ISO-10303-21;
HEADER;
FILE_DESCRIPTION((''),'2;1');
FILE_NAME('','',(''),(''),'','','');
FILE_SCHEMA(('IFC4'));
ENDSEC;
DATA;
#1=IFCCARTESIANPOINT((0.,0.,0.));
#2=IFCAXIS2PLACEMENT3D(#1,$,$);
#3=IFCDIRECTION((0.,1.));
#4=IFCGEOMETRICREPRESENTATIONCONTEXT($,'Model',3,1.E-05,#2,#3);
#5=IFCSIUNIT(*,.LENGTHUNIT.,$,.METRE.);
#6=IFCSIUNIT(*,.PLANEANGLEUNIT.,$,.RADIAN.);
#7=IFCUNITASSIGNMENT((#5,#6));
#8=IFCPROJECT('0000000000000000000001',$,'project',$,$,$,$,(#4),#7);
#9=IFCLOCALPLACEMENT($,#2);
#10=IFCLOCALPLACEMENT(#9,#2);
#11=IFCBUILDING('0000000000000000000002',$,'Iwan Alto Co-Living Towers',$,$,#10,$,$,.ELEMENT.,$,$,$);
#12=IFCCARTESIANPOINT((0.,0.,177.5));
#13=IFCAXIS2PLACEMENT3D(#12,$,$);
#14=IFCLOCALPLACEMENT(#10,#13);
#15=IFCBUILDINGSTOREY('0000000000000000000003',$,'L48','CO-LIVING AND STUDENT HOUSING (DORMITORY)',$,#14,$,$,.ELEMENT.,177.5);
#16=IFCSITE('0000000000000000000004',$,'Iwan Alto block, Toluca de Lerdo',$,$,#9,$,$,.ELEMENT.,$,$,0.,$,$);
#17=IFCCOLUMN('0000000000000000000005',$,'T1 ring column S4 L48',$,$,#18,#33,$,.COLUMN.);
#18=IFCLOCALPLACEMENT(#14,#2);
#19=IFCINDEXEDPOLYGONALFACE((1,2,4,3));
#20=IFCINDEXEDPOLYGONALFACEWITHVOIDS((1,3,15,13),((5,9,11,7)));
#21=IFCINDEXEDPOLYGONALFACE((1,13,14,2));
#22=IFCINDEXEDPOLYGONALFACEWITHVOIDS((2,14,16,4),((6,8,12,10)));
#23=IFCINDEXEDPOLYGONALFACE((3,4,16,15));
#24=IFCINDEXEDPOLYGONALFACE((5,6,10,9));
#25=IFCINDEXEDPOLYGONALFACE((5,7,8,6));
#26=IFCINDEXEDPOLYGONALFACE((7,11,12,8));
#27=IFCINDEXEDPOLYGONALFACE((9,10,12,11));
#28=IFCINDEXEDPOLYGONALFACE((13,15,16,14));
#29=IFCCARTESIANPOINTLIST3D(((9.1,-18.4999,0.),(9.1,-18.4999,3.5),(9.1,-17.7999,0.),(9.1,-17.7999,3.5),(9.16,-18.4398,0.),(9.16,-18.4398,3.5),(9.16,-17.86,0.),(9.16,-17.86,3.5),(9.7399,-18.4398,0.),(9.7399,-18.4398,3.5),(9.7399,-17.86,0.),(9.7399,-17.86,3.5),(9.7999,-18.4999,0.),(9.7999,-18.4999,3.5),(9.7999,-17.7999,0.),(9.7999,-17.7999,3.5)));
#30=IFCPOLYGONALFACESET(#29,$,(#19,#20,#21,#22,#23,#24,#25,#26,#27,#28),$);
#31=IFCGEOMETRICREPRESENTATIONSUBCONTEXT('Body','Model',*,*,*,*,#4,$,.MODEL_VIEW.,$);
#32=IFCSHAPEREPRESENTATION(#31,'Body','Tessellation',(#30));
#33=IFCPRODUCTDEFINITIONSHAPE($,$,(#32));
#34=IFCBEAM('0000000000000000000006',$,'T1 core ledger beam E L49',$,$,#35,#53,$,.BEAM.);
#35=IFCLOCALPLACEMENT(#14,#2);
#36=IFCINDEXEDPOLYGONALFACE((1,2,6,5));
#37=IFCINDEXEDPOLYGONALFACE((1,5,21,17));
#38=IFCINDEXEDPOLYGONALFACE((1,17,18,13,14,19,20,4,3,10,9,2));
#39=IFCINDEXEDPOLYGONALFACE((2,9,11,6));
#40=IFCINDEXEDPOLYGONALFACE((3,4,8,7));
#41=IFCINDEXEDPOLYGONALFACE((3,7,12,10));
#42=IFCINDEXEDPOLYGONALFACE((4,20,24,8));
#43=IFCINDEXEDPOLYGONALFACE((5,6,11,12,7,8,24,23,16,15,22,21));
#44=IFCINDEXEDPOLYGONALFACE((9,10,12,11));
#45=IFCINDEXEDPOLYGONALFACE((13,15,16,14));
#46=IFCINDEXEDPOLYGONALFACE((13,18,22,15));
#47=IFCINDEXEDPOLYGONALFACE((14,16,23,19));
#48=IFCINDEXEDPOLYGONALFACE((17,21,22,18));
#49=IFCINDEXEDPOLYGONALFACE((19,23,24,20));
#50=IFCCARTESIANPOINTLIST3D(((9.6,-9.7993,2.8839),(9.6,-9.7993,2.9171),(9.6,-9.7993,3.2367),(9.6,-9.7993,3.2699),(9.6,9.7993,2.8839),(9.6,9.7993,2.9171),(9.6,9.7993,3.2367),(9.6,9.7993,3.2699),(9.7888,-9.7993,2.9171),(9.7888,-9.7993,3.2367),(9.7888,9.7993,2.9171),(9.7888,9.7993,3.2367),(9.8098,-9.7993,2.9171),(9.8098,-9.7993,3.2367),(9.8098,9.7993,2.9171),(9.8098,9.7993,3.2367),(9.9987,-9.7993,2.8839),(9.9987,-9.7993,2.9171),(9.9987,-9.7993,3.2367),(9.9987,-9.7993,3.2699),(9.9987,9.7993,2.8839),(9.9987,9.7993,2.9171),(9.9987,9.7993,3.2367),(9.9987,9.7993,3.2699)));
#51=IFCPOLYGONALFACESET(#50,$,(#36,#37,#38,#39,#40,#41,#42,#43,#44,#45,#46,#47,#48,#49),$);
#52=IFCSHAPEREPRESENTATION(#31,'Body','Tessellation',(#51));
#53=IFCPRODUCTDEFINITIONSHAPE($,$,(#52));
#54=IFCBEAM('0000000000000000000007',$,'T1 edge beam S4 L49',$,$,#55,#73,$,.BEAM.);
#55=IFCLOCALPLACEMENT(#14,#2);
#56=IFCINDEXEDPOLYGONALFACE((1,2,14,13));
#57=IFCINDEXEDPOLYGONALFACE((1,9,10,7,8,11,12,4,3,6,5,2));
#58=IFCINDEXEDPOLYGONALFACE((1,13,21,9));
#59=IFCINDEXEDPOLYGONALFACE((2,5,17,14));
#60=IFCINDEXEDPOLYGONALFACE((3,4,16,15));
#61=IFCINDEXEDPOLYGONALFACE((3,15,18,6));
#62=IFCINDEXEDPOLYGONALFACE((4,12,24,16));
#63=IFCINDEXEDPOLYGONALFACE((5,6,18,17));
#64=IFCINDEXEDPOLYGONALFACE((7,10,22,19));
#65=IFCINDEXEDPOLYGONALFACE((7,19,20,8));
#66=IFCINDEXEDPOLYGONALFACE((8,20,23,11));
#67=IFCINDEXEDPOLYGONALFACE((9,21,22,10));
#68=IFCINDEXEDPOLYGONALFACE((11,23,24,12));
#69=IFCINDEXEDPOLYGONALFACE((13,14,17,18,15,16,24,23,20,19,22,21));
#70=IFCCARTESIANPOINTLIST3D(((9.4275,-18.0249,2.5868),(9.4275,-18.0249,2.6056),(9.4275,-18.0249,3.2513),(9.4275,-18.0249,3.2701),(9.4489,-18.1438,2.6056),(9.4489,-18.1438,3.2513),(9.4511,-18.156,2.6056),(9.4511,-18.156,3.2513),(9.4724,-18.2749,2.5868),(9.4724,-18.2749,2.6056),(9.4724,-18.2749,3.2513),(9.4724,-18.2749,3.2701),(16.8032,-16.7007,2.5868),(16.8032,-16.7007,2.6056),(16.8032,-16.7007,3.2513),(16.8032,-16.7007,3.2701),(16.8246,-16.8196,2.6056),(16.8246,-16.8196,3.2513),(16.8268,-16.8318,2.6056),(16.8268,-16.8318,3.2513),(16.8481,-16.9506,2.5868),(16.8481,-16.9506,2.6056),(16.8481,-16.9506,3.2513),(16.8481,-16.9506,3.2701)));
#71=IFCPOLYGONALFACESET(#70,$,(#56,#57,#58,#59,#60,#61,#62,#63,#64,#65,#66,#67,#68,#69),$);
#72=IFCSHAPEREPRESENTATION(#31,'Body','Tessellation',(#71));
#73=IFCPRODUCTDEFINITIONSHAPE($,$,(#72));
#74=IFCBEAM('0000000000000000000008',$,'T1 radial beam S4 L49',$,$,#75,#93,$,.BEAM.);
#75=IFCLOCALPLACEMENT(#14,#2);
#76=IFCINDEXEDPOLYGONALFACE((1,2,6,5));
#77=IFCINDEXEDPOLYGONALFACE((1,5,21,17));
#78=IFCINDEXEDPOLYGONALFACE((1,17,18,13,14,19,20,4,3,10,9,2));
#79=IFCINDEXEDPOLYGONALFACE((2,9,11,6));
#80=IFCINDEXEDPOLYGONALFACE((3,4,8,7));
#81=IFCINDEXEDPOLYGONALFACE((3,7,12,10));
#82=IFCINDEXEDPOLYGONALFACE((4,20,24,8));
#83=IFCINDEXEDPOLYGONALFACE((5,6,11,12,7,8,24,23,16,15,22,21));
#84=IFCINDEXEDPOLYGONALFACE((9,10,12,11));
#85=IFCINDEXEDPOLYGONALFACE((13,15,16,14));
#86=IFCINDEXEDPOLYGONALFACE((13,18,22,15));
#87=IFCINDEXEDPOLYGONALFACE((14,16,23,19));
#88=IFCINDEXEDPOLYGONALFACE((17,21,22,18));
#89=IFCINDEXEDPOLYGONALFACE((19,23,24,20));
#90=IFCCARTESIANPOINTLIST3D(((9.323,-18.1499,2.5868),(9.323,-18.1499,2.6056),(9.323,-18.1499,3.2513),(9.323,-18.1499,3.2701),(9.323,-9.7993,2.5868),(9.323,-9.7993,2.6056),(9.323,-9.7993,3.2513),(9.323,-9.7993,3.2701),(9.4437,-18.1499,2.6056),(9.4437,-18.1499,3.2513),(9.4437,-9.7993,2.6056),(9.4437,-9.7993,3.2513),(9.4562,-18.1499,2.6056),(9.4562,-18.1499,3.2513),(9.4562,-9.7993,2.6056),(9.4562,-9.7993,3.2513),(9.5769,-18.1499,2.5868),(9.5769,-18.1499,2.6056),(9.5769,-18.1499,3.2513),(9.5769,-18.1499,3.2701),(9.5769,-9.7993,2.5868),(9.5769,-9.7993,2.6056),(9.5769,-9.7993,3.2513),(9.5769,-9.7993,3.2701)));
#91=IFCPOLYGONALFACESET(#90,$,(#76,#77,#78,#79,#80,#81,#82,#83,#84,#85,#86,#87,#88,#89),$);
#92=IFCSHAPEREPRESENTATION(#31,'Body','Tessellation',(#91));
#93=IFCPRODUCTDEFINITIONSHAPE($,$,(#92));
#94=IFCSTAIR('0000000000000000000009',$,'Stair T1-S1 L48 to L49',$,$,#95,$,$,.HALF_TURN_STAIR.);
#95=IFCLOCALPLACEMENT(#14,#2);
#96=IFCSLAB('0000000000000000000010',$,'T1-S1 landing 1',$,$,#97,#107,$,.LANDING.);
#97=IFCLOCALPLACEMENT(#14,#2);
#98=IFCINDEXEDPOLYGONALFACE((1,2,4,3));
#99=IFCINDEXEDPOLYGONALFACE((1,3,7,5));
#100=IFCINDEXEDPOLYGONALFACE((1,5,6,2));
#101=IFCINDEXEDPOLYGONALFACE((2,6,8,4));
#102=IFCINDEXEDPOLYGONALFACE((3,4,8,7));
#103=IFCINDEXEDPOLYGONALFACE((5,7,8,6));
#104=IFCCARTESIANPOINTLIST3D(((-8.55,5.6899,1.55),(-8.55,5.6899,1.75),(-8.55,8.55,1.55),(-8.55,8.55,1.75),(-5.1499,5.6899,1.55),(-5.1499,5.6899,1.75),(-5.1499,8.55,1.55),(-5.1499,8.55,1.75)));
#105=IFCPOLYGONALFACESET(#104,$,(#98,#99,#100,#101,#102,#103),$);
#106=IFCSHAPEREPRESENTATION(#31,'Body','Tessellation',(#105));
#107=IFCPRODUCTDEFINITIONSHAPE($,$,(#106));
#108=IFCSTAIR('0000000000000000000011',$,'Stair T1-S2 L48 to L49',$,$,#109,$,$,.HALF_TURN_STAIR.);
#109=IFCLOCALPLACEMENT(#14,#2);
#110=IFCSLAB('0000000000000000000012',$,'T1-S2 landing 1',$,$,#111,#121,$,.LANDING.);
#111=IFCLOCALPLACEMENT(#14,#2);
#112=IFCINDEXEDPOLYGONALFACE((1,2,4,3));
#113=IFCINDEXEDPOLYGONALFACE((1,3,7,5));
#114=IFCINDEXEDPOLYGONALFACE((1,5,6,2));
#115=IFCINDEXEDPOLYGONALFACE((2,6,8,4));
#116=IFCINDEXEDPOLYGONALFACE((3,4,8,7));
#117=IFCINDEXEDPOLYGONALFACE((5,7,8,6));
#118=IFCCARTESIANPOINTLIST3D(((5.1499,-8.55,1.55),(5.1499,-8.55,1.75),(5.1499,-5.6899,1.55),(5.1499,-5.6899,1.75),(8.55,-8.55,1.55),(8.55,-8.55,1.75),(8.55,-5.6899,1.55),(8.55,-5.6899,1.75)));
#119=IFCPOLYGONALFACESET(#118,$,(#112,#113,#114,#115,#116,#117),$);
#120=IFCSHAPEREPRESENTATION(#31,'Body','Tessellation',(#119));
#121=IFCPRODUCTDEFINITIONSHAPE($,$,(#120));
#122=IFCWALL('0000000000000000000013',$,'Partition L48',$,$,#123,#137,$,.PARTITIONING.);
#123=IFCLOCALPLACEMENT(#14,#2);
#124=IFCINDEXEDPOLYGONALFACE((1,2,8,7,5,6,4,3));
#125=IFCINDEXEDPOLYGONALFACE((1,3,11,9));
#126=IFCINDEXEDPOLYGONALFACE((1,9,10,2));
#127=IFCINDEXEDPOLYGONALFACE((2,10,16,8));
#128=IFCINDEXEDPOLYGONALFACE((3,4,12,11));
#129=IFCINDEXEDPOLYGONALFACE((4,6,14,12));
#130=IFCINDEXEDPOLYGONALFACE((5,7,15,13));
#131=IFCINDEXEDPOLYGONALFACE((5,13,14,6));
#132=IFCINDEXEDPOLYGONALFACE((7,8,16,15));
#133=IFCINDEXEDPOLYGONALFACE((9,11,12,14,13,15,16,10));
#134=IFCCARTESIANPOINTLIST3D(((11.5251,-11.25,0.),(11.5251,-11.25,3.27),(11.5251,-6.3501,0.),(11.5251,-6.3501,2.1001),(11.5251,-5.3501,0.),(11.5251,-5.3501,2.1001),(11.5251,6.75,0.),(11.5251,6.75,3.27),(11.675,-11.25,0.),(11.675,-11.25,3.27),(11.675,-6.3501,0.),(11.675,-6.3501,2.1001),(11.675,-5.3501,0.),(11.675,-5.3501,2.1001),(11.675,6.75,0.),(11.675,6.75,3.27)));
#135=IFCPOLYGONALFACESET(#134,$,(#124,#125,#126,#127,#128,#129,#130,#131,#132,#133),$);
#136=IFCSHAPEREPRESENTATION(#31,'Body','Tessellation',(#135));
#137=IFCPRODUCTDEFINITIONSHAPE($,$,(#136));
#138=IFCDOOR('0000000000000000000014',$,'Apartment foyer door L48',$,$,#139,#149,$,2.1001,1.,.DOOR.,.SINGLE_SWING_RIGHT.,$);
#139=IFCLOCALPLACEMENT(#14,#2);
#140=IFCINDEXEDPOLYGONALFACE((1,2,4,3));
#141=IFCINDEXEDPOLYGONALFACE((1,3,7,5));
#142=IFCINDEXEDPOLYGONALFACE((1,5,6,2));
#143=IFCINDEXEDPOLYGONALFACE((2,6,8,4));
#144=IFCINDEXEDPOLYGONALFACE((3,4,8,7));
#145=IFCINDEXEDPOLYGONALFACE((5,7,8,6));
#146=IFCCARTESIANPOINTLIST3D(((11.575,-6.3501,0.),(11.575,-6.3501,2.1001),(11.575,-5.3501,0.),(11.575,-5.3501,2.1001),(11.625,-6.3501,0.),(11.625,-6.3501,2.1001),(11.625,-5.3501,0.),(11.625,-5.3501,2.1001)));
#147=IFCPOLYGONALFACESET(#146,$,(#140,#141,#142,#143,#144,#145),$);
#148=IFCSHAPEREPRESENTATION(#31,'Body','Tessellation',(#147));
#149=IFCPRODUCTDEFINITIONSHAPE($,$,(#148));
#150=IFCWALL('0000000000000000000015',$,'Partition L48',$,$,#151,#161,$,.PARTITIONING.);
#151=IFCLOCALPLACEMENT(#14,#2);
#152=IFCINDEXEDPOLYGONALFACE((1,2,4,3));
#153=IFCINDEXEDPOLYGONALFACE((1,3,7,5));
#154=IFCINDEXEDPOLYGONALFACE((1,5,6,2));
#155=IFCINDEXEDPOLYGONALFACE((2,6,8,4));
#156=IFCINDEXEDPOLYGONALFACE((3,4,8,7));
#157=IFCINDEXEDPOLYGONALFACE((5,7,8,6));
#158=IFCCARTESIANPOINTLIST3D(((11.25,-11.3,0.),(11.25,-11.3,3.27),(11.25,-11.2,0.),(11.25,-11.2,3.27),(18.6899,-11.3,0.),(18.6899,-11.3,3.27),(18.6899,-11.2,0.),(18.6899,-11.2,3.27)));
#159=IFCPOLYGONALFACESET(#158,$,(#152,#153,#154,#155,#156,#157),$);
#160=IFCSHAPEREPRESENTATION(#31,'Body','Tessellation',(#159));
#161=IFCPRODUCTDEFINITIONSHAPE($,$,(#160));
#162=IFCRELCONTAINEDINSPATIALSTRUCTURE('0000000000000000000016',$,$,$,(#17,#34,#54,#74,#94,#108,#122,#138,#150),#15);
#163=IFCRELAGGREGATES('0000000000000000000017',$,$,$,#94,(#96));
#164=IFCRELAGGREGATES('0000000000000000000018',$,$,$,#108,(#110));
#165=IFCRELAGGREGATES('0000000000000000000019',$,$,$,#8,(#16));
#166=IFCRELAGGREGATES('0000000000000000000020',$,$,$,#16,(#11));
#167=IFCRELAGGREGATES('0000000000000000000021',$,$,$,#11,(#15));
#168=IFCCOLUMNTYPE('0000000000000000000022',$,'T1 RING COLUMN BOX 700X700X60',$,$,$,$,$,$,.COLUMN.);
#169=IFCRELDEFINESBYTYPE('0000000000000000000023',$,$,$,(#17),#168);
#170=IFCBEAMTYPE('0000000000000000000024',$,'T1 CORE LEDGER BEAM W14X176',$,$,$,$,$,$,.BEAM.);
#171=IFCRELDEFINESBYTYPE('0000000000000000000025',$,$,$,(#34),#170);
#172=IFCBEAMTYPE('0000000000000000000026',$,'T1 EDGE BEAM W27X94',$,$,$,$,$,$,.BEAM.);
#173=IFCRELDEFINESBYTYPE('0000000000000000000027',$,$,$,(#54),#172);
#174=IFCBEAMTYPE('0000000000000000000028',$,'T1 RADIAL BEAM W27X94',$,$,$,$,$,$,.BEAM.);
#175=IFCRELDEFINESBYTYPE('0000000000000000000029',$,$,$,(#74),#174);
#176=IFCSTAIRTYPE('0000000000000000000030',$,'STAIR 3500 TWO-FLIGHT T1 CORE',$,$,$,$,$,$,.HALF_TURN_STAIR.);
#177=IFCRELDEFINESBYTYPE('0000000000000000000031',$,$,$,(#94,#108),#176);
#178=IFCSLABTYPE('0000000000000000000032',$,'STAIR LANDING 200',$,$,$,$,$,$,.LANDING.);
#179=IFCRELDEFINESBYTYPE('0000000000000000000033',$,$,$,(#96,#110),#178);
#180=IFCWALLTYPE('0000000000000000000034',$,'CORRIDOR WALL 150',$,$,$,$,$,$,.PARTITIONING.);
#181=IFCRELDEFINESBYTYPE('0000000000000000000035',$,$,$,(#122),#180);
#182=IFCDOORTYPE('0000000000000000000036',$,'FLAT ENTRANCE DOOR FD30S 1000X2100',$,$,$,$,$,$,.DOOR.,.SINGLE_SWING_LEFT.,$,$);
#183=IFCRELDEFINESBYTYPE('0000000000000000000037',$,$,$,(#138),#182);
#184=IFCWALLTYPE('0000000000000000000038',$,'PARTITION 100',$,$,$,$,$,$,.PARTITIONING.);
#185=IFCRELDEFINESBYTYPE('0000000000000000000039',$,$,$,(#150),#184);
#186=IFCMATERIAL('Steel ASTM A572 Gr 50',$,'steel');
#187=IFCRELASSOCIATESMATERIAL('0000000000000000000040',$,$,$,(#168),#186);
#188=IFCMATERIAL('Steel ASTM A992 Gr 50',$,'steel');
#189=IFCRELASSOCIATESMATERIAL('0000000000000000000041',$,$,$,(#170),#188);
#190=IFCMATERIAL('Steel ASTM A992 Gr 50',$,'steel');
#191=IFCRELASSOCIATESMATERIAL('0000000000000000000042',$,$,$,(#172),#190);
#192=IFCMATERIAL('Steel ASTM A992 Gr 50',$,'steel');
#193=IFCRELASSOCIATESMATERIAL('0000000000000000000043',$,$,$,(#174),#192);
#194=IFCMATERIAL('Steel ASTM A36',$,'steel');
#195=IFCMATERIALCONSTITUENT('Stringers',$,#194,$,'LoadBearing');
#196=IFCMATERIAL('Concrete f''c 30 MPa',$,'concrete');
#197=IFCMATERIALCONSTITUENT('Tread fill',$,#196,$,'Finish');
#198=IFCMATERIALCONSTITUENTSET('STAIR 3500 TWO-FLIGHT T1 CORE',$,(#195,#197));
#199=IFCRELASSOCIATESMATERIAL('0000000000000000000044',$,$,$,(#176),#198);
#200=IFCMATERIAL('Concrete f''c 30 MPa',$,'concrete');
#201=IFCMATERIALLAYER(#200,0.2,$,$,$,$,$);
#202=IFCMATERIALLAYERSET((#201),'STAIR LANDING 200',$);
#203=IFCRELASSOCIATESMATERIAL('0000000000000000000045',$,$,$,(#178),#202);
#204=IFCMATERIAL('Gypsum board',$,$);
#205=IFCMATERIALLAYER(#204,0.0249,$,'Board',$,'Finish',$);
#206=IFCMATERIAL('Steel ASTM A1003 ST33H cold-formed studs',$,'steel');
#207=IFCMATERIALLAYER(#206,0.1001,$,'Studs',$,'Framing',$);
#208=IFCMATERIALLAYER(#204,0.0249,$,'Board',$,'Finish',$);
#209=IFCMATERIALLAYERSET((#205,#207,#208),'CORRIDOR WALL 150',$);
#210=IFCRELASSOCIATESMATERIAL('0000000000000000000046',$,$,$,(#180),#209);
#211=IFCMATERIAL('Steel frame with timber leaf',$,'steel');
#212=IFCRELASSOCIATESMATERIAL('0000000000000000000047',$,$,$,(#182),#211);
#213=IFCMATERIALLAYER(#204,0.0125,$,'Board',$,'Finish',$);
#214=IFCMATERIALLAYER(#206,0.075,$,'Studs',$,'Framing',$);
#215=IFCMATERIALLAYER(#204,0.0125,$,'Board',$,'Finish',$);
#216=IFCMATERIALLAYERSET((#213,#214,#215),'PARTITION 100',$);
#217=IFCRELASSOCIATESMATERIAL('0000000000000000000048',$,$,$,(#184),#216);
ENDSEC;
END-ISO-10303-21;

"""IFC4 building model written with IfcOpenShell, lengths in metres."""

from ifc_helpers import new_model, si_unit, direction, frame, frame_2d, origin, origin_2d, place, context, subcontext, project, spatial, polyline, rectangle, hollow_rectangle, i_section, outline, extrude, material, layer, layer_set, constituent, constituent_set, material_profile, profile_set, type_object, element, fill, aggregate, save


model = new_model("IFC4")

# Units and contexts
model_context = context("Model", 3, precision=1e-05, world=origin(), true_north=direction((0.0, 1.0)))
body_context = subcontext(model_context, "Body", "Model", "MODEL_VIEW")
ifc_project = project(units=[si_unit("LENGTHUNIT", "METRE"), si_unit("PLANEANGLEUNIT", "RADIAN")], contexts=[model_context])

# Site, building, storey
site_placement = place(None, origin())
site = spatial("IfcSite", under=ifc_project, at=site_placement, Name="Iwan Alto block, Toluca de Lerdo", CompositionType="ELEMENT", RefElevation=0.0)
building_placement = place(site_placement, origin())
building = spatial("IfcBuilding", under=site, at=building_placement, Name="Iwan Alto Co-Living Towers", CompositionType="ELEMENT")
storey_placement = place(building_placement, frame((0.0, 0.0, 177.5)))
storey = spatial("IfcBuildingStorey", under=building, at=storey_placement, Name="L48", Description="CO-LIVING AND STUDENT HOUSING (DORMITORY)", CompositionType="ELEMENT", Elevation=177.5)

# Column
ifc_material_1 = material(Name="Steel ASTM A572 Gr 50", Category="steel")
ifc_material_profile_1 = material_profile(ifc_material_1, hollow_rectangle(XDim=0.7, YDim=0.7, WallThickness=0.0601, at=origin_2d()), Name="BOX 700X700X60")
ifc_profile_set_1 = profile_set([ifc_material_profile_1], Name="Steel ASTM A572 Gr 50")
column_type = type_object("IfcColumnType", Name="T1 RING COLUMN BOX 700X700X60", PredefinedType="COLUMN", material=ifc_profile_set_1)
column_placement = place(storey_placement, frame((9.45, -18.1499, 0.0), z_axis=(0.0, 0.0, 1.0), x_axis=(1.0, 0.0, 0.0)))
element("IfcColumn", 1, at=column_placement, inside=storey, type_object=column_type, Name="T1 ring column S4 L48", PredefinedType="COLUMN", context=body_context, shape_type="SweptSolid", body=[
    extrude(hollow_rectangle(XDim=0.7, YDim=0.7, WallThickness=0.0601, at=origin_2d()), origin(), (0.0, 0.0, 1.0), 3.5),
])

# Beams
ifc_material_2 = material(Name="Steel ASTM A992 Gr 50", Category="steel")
ifc_material_profile_2 = material_profile(ifc_material_2, i_section(OverallWidth=0.3987, OverallDepth=0.386, WebThickness=0.021, FlangeThickness=0.0332, at=origin_2d()), Name="W14X176")
ifc_profile_set_2 = profile_set([ifc_material_profile_2], Name="Steel ASTM A992 Gr 50")
beam_type_1 = type_object("IfcBeamType", Name="T1 CORE LEDGER BEAM W14X176", PredefinedType="BEAM", material=ifc_profile_set_2)
beam_1_placement = place(storey_placement, frame((9.7993, -9.7993, 3.0769), z_axis=(0.0, 1.0, 0.0), x_axis=(-1.0, 0.0, 0.0)))
element("IfcBeam", 2, at=beam_1_placement, inside=storey, type_object=beam_type_1, Name="T1 core ledger beam E L49", PredefinedType="BEAM", context=body_context, shape_type="SweptSolid", body=[
    extrude(i_section(OverallWidth=0.3987, OverallDepth=0.386, WebThickness=0.021, FlangeThickness=0.0332, at=origin_2d()), origin(), (0.0, 0.0, 1.0), 19.5986),
])
ifc_material_3 = material(Name="Steel ASTM A992 Gr 50", Category="steel")
ifc_material_profile_3 = material_profile(ifc_material_3, i_section(OverallWidth=0.2539, OverallDepth=0.6833, WebThickness=0.0125, FlangeThickness=0.0188, at=origin_2d()), Name="W27X94")
ifc_profile_set_3 = profile_set([ifc_material_profile_3], Name="Steel ASTM A992 Gr 50")
beam_type_2 = type_object("IfcBeamType", Name="T1 EDGE BEAM W27X94", PredefinedType="BEAM", material=ifc_profile_set_3)
beam_2_placement = place(storey_placement, frame((9.45, -18.1499, 2.9285), z_axis=(0.984263, 0.176712, 0.0), x_axis=(-0.176712, 0.984263, 0.0)))
element("IfcBeam", 3, at=beam_2_placement, inside=storey, type_object=beam_type_2, Name="T1 edge beam S4 L49", PredefinedType="BEAM", context=body_context, shape_type="SweptSolid", body=[
    extrude(i_section(OverallWidth=0.2539, OverallDepth=0.6833, WebThickness=0.0125, FlangeThickness=0.0188, at=origin_2d()), origin(), (0.0, 0.0, 1.0), 7.4937),
])
ifc_material_4 = material(Name="Steel ASTM A992 Gr 50", Category="steel")
ifc_material_profile_4 = material_profile(ifc_material_4, i_section(OverallWidth=0.2539, OverallDepth=0.6833, WebThickness=0.0125, FlangeThickness=0.0188, at=origin_2d()), Name="W27X94")
ifc_profile_set_4 = profile_set([ifc_material_profile_4], Name="Steel ASTM A992 Gr 50")
beam_type_3 = type_object("IfcBeamType", Name="T1 RADIAL BEAM W27X94", PredefinedType="BEAM", material=ifc_profile_set_4)
beam_3_placement = place(storey_placement, frame((9.45, -18.1499, 2.9285), z_axis=(0.0, 1.0, 0.0), x_axis=(-1.0, 0.0, 0.0)))
element("IfcBeam", 4, at=beam_3_placement, inside=storey, type_object=beam_type_3, Name="T1 radial beam S4 L49", PredefinedType="BEAM", context=body_context, shape_type="SweptSolid", body=[
    extrude(i_section(OverallWidth=0.2539, OverallDepth=0.6833, WebThickness=0.0125, FlangeThickness=0.0188, at=origin_2d()), origin(), (0.0, 0.0, 1.0), 8.3506),
])

# Stairs, slabs
ifc_material_5 = material(Name="Steel ASTM A36", Category="steel")
ifc_constituent_1 = constituent(ifc_material_5, Name="Stringers", Category="LoadBearing")
ifc_material_6 = material(Name="Concrete f'c 30 MPa", Category="concrete")
ifc_constituent_2 = constituent(ifc_material_6, Name="Tread fill", Category="Finish")
ifc_constituent_set_1 = constituent_set(constituents=[ifc_constituent_1, ifc_constituent_2], Name="STAIR 3500 TWO-FLIGHT T1 CORE")
stair_type = type_object("IfcStairType", Name="STAIR 3500 TWO-FLIGHT T1 CORE", PredefinedType="HALF_TURN_STAIR", material=ifc_constituent_set_1)
stair_1_placement = place(storey_placement, origin())
stair_1 = element("IfcStair", 5, at=stair_1_placement, inside=storey, type_object=stair_type, Name="Stair T1-S1 L48 to L49", PredefinedType="HALF_TURN_STAIR")
ifc_material_7 = material(Name="Concrete f'c 30 MPa", Category="concrete")
ifc_layer_1 = layer(ifc_material_7, 0.2)
ifc_layer_set_1 = layer_set([ifc_layer_1], Name="STAIR LANDING 200")
slab_type = type_object("IfcSlabType", Name="STAIR LANDING 200", PredefinedType="LANDING", material=ifc_layer_set_1)
slab_1_placement = place(storey_placement, frame((0.0, 0.0, 1.55)))
slab_1 = element("IfcSlab", 6, at=slab_1_placement, type_object=slab_type, Name="T1-S1 landing 1", PredefinedType="LANDING", context=body_context, shape_type="SweptSolid", body=[
    extrude(outline(polyline([(-8.55, 5.6899), (-8.55, 8.55), (-5.1499, 8.55), (-5.1499, 5.6899), (-8.55, 5.6899)])), origin(), (0.0, 0.0, 1.0), 0.2),
])
aggregate(stair_1, [slab_1])
stair_2_placement = place(storey_placement, origin())
stair_2 = element("IfcStair", 7, at=stair_2_placement, inside=storey, type_object=stair_type, Name="Stair T1-S2 L48 to L49", PredefinedType="HALF_TURN_STAIR")
slab_2_placement = place(storey_placement, frame((0.0, 0.0, 1.55)))
slab_2 = element("IfcSlab", 8, at=slab_2_placement, type_object=slab_type, Name="T1-S2 landing 1", PredefinedType="LANDING", context=body_context, shape_type="SweptSolid", body=[
    extrude(outline(polyline([(5.1499, -5.6899), (5.1499, -8.55), (8.55, -8.55), (8.55, -5.6899), (5.1499, -5.6899)])), origin(), (0.0, 0.0, 1.0), 0.2),
])

# Wall, opening, door
ifc_material_8 = material(Name="Gypsum board")
ifc_layer_2 = layer(ifc_material_8, 0.0249, Name="Board", Category="Finish")
ifc_material_9 = material(Name="Steel ASTM A1003 ST33H cold-formed studs", Category="steel")
ifc_layer_3 = layer(ifc_material_9, 0.1001, Name="Studs", Category="Framing")
ifc_layer_4 = layer(ifc_material_8, 0.0249, Name="Board", Category="Finish")
ifc_layer_set_2 = layer_set([ifc_layer_2, ifc_layer_3, ifc_layer_4], Name="CORRIDOR WALL 150")
wall_type_1 = type_object("IfcWallType", Name="CORRIDOR WALL 150", PredefinedType="PARTITIONING", material=ifc_layer_set_2)
wall_1_placement = place(storey_placement, frame((11.6001, -11.25, 0.0), z_axis=(0.0, 0.0, 1.0), x_axis=(0.0, 1.0, 0.0)))
wall_1 = element("IfcWall", 9, at=wall_1_placement, inside=storey, type_object=wall_type_1, Name="Partition L48", PredefinedType="PARTITIONING", context=body_context, shape_type="SweptSolid", body=[
    extrude(rectangle(XDim=18.0, YDim=0.1499, at=frame_2d((9.0, 0.0))), origin(), (0.0, 0.0, 1.0), 3.27),
])
opening_1_placement = place(wall_1_placement, frame((4.8999, 0.0, 0.0)))
opening_1 = element("IfcOpeningElement", 10, at=opening_1_placement, cuts=wall_1, PredefinedType="OPENING", context=body_context, shape_type="SweptSolid", body=[
    extrude(rectangle(XDim=1.0, YDim=2.1001, at=frame_2d((0.5, 1.05))), frame((0.0, 0.085, 0.0), z_axis=(0.0, -1.0, 0.0), x_axis=(1.0, 0.0, 0.0)), (0.0, 0.0, 1.0), 0.1699),
])
ifc_material_10 = material(Name="Steel frame with timber leaf", Category="steel")
door_type_1 = type_object("IfcDoorType", Name="FLAT ENTRANCE DOOR FD30S 1000X2100", OperationType="SINGLE_SWING_LEFT", PredefinedType="DOOR", material=ifc_material_10)
door_1_placement = place(opening_1_placement, frame((1.0, 0.0, 0.0), z_axis=(0.0, 0.0, 1.0), x_axis=(-1.0, 0.0, 0.0)))
door_1 = element("IfcDoor", 11, at=door_1_placement, inside=storey, type_object=door_type_1, Name="Apartment foyer door L48", OperationType="SINGLE_SWING_RIGHT", OverallHeight=2.1001, OverallWidth=1.0, PredefinedType="DOOR", context=body_context, shape_type="SweptSolid", body=[
    extrude(rectangle(XDim=1.0, YDim=2.1001, at=frame_2d((0.5, 1.05))), frame((0.0, 0.0249, 0.0), z_axis=(0.0, -1.0, 0.0), x_axis=(1.0, 0.0, 0.0)), (0.0, 0.0, 1.0), 0.05),
])
fill(opening_1, door_1)

# Wall
ifc_layer_5 = layer(ifc_material_8, 0.0125, Name="Board", Category="Finish")
ifc_layer_6 = layer(ifc_material_9, 0.075, Name="Studs", Category="Framing")
ifc_layer_7 = layer(ifc_material_8, 0.0125, Name="Board", Category="Finish")
ifc_layer_set_3 = layer_set([ifc_layer_5, ifc_layer_6, ifc_layer_7], Name="PARTITION 100")
wall_type_2 = type_object("IfcWallType", Name="PARTITION 100", PredefinedType="PARTITIONING", material=ifc_layer_set_3)
wall_2_placement = place(storey_placement, frame((11.25, -11.25, 0.0), z_axis=(0.0, 0.0, 1.0), x_axis=(1.0, 0.0, 0.0)))
element("IfcWall", 12, at=wall_2_placement, inside=storey, type_object=wall_type_2, Name="Partition L48", PredefinedType="PARTITIONING", context=body_context, shape_type="SweptSolid", body=[
    extrude(rectangle(XDim=7.4399, YDim=0.1001, at=frame_2d((3.72, 0.0))), origin(), (0.0, 0.0, 1.0), 3.27),
])

aggregate(stair_2, [slab_2])

save(model, "model.ifc")
